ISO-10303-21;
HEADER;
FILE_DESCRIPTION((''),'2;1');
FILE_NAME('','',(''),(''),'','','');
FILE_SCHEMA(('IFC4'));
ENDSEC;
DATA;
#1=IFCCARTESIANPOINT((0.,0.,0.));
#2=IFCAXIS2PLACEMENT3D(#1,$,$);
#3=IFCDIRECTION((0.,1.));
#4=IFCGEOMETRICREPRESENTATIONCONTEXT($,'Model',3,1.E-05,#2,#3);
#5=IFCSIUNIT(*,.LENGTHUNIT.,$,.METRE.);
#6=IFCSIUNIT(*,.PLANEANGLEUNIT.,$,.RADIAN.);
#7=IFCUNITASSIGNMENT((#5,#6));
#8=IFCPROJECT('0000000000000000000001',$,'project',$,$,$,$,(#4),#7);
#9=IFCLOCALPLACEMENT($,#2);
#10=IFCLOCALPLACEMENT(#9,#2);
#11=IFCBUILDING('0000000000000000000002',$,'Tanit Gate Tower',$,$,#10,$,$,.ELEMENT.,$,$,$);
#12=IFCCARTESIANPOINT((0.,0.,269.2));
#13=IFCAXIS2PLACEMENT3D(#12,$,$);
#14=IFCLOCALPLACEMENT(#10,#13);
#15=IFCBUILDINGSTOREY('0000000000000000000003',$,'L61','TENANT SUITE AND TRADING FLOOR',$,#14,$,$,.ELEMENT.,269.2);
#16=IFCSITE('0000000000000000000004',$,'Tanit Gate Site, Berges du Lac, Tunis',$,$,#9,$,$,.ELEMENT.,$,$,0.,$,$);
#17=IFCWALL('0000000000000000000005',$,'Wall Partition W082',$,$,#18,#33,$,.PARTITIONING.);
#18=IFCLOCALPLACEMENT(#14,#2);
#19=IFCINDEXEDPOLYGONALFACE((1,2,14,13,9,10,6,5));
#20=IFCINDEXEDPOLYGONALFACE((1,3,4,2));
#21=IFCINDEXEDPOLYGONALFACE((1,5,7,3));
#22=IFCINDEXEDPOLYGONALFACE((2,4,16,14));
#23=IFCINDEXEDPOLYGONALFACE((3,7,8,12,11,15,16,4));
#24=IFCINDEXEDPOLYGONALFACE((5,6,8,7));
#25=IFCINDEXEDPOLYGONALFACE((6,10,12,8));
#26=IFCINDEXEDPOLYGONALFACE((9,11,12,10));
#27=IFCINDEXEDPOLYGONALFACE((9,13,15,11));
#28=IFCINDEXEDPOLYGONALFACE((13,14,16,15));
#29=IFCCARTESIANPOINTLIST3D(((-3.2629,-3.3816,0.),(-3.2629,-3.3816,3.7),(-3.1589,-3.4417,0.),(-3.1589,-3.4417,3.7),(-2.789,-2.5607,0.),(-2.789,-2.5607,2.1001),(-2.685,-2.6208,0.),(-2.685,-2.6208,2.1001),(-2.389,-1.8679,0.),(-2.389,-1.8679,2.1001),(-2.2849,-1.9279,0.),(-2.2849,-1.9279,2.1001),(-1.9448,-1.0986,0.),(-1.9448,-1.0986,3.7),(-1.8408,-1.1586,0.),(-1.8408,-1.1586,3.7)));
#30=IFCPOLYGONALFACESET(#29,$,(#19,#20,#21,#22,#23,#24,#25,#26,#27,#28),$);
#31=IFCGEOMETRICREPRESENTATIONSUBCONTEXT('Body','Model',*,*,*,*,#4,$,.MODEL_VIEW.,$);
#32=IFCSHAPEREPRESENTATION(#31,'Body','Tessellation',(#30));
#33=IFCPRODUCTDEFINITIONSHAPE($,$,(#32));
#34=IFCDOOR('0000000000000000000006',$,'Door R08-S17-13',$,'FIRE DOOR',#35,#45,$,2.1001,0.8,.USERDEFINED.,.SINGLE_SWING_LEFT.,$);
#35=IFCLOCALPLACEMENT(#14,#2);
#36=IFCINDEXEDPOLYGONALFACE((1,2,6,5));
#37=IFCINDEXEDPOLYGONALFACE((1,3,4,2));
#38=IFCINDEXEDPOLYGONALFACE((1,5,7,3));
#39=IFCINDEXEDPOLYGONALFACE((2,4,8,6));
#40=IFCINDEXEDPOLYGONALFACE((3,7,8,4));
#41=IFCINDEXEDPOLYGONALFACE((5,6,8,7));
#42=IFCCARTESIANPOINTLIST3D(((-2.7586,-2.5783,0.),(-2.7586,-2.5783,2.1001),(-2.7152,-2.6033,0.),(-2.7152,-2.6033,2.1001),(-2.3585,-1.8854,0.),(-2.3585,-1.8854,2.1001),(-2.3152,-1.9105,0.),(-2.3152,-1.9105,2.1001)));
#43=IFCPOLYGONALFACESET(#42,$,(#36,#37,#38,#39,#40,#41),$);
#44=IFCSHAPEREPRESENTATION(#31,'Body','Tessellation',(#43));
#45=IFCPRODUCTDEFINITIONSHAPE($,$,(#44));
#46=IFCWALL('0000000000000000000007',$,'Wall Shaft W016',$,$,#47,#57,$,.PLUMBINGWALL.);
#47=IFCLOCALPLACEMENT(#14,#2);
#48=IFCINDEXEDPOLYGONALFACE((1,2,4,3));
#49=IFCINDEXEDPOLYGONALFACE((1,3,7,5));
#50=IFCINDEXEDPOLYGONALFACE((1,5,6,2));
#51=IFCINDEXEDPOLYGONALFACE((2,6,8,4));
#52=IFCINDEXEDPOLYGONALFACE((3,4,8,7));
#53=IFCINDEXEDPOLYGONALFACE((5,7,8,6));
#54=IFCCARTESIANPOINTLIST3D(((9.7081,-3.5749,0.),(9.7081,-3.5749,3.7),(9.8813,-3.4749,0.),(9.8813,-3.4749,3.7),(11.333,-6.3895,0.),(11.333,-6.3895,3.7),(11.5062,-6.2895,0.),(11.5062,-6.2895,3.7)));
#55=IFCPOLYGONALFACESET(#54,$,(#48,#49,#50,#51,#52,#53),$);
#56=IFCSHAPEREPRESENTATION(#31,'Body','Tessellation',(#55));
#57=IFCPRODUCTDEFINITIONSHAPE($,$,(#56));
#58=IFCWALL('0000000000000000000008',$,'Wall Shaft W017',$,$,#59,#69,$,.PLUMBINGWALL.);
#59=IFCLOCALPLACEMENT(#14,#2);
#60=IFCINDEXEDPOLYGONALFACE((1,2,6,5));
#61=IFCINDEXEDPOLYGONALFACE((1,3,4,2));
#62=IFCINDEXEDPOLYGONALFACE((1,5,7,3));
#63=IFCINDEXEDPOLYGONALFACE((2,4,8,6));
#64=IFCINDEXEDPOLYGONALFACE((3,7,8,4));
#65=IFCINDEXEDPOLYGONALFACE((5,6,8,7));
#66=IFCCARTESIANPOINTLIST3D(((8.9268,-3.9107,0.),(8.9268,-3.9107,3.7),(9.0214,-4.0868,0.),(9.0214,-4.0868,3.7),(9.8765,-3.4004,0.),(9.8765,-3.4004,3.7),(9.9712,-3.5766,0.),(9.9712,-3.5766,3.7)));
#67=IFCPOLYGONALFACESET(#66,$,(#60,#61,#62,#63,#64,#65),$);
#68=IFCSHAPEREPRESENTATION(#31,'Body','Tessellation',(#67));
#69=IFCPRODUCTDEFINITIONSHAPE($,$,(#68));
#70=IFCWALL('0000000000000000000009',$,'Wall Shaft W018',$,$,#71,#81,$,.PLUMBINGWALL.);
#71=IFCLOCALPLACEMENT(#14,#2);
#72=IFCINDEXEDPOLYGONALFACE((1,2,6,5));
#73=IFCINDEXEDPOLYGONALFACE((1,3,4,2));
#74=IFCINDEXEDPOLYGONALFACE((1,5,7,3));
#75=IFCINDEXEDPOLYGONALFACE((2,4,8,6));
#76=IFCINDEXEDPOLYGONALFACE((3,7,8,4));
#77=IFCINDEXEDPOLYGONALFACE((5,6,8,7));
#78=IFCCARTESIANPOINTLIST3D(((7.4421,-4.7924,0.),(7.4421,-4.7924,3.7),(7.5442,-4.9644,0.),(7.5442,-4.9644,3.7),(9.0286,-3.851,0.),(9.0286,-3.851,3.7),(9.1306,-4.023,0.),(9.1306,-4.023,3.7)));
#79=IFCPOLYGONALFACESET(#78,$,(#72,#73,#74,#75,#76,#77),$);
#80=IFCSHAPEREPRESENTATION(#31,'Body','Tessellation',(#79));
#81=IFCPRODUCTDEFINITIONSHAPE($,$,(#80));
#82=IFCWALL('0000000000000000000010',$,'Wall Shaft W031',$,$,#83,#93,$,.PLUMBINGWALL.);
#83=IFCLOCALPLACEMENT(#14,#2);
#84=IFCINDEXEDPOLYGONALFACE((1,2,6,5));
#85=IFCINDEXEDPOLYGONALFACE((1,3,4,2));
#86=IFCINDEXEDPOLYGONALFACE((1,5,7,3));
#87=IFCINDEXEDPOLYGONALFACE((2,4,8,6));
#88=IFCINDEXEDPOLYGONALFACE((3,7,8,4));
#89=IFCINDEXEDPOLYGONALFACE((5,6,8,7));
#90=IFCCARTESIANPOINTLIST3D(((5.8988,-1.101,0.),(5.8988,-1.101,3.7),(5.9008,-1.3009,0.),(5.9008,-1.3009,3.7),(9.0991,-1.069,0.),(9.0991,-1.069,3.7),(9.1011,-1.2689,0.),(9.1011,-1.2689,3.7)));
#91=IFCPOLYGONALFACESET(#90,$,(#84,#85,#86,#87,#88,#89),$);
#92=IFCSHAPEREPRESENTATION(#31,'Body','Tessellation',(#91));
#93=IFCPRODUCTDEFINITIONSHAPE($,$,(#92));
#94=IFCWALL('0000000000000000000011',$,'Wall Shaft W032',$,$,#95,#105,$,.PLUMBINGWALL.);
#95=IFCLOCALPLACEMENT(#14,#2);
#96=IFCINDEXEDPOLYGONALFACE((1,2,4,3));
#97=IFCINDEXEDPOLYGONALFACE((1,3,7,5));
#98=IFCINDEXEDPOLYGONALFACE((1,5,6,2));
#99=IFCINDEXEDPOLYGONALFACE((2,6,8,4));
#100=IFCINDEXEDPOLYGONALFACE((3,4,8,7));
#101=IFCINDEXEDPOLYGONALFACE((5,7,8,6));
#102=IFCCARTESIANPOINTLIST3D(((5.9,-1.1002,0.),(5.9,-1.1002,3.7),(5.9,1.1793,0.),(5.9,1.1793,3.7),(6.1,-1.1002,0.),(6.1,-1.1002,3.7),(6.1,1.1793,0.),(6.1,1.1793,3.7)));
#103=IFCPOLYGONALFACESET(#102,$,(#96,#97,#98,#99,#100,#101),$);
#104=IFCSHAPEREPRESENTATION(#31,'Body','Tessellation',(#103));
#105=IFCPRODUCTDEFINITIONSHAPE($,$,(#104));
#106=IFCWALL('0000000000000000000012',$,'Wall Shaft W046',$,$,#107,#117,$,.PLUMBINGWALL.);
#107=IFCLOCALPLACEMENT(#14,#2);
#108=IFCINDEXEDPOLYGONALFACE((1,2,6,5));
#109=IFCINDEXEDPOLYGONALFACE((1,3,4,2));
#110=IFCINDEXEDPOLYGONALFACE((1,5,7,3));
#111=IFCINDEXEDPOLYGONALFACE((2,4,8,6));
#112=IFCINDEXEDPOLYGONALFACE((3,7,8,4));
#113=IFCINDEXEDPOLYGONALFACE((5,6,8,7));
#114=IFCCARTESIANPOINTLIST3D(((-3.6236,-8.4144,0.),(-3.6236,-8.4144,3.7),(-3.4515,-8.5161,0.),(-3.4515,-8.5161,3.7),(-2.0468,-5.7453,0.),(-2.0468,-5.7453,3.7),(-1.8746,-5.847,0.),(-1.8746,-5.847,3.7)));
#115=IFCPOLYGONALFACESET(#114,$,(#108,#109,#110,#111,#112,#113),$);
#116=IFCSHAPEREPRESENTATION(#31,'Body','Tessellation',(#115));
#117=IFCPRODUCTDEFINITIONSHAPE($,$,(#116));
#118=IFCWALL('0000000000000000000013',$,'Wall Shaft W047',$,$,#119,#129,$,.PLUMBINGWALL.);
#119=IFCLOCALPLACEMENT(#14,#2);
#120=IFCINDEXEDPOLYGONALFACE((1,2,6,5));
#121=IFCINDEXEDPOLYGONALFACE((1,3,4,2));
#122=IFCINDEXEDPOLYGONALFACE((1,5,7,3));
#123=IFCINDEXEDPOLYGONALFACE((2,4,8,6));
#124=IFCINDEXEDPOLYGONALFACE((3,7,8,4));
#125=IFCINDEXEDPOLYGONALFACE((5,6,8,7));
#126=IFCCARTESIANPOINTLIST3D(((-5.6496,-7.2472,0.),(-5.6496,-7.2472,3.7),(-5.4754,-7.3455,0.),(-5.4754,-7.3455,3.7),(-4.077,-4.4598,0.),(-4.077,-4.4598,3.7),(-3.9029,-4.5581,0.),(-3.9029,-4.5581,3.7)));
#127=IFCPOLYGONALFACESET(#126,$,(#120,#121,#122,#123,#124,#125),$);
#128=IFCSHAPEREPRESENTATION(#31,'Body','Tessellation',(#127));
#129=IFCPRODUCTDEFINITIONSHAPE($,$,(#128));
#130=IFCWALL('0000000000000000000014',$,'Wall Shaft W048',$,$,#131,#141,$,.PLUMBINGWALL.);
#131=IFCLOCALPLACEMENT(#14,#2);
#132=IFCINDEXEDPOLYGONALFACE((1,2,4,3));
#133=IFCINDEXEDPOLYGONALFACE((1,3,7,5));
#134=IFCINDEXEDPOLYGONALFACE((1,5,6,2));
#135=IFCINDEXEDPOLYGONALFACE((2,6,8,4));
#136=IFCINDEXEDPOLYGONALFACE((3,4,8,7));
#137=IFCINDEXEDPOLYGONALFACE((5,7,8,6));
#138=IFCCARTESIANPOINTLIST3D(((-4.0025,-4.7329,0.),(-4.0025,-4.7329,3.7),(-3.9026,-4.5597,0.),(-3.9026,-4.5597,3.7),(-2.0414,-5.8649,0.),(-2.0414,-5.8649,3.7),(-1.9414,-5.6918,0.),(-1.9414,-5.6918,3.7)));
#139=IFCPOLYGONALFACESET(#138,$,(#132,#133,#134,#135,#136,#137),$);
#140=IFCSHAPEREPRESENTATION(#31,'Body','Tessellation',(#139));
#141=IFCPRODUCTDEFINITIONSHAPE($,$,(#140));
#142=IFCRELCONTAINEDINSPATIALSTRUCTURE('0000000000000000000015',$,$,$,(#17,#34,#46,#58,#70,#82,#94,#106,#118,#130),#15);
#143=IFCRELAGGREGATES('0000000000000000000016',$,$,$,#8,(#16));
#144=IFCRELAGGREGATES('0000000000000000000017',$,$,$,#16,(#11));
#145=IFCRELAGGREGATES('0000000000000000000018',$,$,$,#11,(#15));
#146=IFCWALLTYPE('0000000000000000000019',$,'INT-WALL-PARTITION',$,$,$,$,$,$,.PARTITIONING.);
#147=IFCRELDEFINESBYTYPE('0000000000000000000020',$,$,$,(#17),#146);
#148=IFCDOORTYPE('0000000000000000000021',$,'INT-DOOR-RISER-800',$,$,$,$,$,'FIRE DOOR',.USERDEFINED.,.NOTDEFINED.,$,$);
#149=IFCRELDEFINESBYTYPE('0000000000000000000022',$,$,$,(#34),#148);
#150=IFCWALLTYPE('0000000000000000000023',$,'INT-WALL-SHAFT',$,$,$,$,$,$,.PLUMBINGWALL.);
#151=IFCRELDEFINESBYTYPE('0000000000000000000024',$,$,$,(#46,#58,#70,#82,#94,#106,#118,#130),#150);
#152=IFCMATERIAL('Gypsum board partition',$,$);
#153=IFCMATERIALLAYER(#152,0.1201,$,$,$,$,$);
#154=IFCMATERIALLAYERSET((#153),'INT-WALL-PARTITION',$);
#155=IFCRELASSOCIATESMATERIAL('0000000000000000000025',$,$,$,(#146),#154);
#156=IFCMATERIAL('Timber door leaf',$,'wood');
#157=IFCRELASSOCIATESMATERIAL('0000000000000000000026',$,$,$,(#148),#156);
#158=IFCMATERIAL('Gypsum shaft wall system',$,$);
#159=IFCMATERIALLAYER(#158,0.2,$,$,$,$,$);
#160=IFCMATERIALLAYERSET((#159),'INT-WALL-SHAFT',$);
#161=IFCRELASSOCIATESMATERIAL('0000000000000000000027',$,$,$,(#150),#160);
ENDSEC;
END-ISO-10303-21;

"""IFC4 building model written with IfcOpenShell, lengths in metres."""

from ifc_helpers import new_model, si_unit, direction, frame, frame_2d, origin, place, context, subcontext, project, spatial, rectangle, extrude, material, layer, layer_set, type_object, element, fill, save


model = new_model("IFC4")

# Units and contexts
model_context = context("Model", 3, precision=1e-05, world=origin(), true_north=direction((0.0, 1.0)))
body_context = subcontext(model_context, "Body", "Model", "MODEL_VIEW")
ifc_project = project(units=[si_unit("LENGTHUNIT", "METRE"), si_unit("PLANEANGLEUNIT", "RADIAN")], contexts=[model_context])

# Site, building, storey
site_placement = place(None, origin())
site = spatial("IfcSite", under=ifc_project, at=site_placement, Name="Tanit Gate Site, Berges du Lac, Tunis", CompositionType="ELEMENT", RefElevation=0.0)
building_placement = place(site_placement, origin())
building = spatial("IfcBuilding", under=site, at=building_placement, Name="Tanit Gate Tower", CompositionType="ELEMENT")
storey_placement = place(building_placement, frame((0.0, 0.0, 269.2)))
storey = spatial("IfcBuildingStorey", under=building, at=storey_placement, Name="L61", Description="TENANT SUITE AND TRADING FLOOR", CompositionType="ELEMENT", Elevation=269.2)

# Shared definitions
ifc_material_1 = material(Name="Gypsum board partition")
ifc_layer_1 = layer(ifc_material_1, 0.1201)
ifc_layer_set_1 = layer_set([ifc_layer_1], Name="INT-WALL-PARTITION")
wall_type_1 = type_object("IfcWallType", Name="INT-WALL-PARTITION", PredefinedType="PARTITIONING", material=ifc_layer_set_1)
ifc_material_2 = material(Name="Timber door leaf", Category="wood")
door_type_1 = type_object("IfcDoorType", Name="INT-DOOR-RISER-800", ElementType="FIRE DOOR", OperationType="NOTDEFINED", PredefinedType="USERDEFINED", material=ifc_material_2)

# Wall, opening, door
wall_1_placement = place(storey_placement, frame((-3.2109, -3.4116, 0.0), z_axis=(0.0, 0.0, 1.0), x_axis=(0.500014, 0.866017, 0.0)))
wall_1 = element("IfcWall", 1, at=wall_1_placement, inside=storey, type_object=wall_type_1, Name="Wall Partition W082", PredefinedType="PARTITIONING", context=body_context, shape_type="SweptSolid", body=[
    extrude(rectangle(XDim=2.6362, YDim=0.1201, at=frame_2d((1.3181, 0.0))), origin(), (0.0, 0.0, 1.0), 3.7),
])
opening_1_placement = place(wall_1_placement, frame((0.948, 0.0, 0.0)))
opening_1 = element("IfcOpeningElement", 2, at=opening_1_placement, cuts=wall_1, PredefinedType="OPENING", context=body_context, shape_type="SweptSolid", body=[
    extrude(rectangle(XDim=0.8, YDim=2.1001, at=frame_2d((0.3999, 1.05))), frame((0.0, 0.0701, 0.0), z_axis=(0.0, -1.0, 0.0), x_axis=(1.0, 0.0, 0.0)), (0.0, 0.0, 1.0), 0.1401),
])
door_1_placement = place(opening_1_placement, origin())
door_1 = element("IfcDoor", 3, at=door_1_placement, inside=storey, type_object=door_type_1, Name="Door R08-S17-13", ObjectType="FIRE DOOR", OperationType="SINGLE_SWING_LEFT", OverallHeight=2.1001, OverallWidth=0.8, PredefinedType="USERDEFINED", context=body_context, shape_type="SweptSolid", body=[
    extrude(rectangle(XDim=0.8, YDim=2.1001, at=frame_2d((0.3999, 1.05))), frame((0.0, 0.0249, 0.0), z_axis=(0.0, -1.0, 0.0), x_axis=(1.0, 0.0, 0.0)), (0.0, 0.0, 1.0), 0.05),
])
fill(opening_1, door_1)

# Walls
ifc_material_3 = material(Name="Gypsum shaft wall system")
ifc_layer_2 = layer(ifc_material_3, 0.2)
ifc_layer_set_2 = layer_set([ifc_layer_2], Name="INT-WALL-SHAFT")
wall_type_2 = type_object("IfcWallType", Name="INT-WALL-SHAFT", PredefinedType="PLUMBINGWALL", material=ifc_layer_set_2)
wall_2_placement = place(storey_placement, frame((9.7947, -3.5249, 0.0), z_axis=(0.0, 0.0, 1.0), x_axis=(0.499985, -0.866034, 0.0)))
element("IfcWall", 4, at=wall_2_placement, inside=storey, type_object=wall_type_2, Name="Wall Shaft W016", PredefinedType="PLUMBINGWALL", context=body_context, shape_type="SweptSolid", body=[
    extrude(rectangle(XDim=3.25, YDim=0.2, at=frame_2d((1.625, 0.0))), origin(), (0.0, 0.0, 1.0), 3.7),
])
wall_3_placement = place(storey_placement, frame((8.9741, -3.9988, 0.0), z_axis=(0.0, 0.0, 1.0), x_axis=(0.880907, 0.473289, 0.0)))
element("IfcWall", 5, at=wall_3_placement, inside=storey, type_object=wall_type_2, Name="Wall Shaft W017", PredefinedType="PLUMBINGWALL", context=body_context, shape_type="SweptSolid", body=[
    extrude(rectangle(XDim=1.0781, YDim=0.2, at=frame_2d((0.5391, 0.0))), origin(), (0.0, 0.0, 1.0), 3.7),
])
wall_4_placement = place(storey_placement, frame((7.4932, -4.8784, 0.0), z_axis=(0.0, 0.0, 1.0), x_axis=(0.859982, 0.510325, 0.0)))
element("IfcWall", 6, at=wall_4_placement, inside=storey, type_object=wall_type_2, Name="Wall Shaft W018", PredefinedType="PLUMBINGWALL", context=body_context, shape_type="SweptSolid", body=[
    extrude(rectangle(XDim=1.8447, YDim=0.2, at=frame_2d((0.9224, 0.0))), origin(), (0.0, 0.0, 1.0), 3.7),
])
wall_5_placement = place(storey_placement, frame((5.8999, -1.2009, 0.0), z_axis=(0.0, 0.0, 1.0), x_axis=(0.99995, 0.009993, 0.0)))
element("IfcWall", 7, at=wall_5_placement, inside=storey, type_object=wall_type_2, Name="Wall Shaft W031", PredefinedType="PLUMBINGWALL", context=body_context, shape_type="SweptSolid", body=[
    extrude(rectangle(XDim=3.2004, YDim=0.2, at=frame_2d((1.6001, 0.0))), origin(), (0.0, 0.0, 1.0), 3.7),
])
wall_6_placement = place(storey_placement, frame((6.0, -1.1001, 0.0), z_axis=(0.0, 0.0, 1.0), x_axis=(0.0, 1.0, 0.0)))
element("IfcWall", 8, at=wall_6_placement, inside=storey, type_object=wall_type_2, Name="Wall Shaft W032", PredefinedType="PLUMBINGWALL", context=body_context, shape_type="SweptSolid", body=[
    extrude(rectangle(XDim=2.2795, YDim=0.2, at=frame_2d((1.1396, 0.0))), origin(), (0.0, 0.0, 1.0), 3.7),
])

# Walls
wall_7_placement = place(storey_placement, frame((-1.9607, -5.7961, 0.0), z_axis=(0.0, 0.0, 1.0), x_axis=(-0.508647, -0.860975, 0.0)))
element("IfcWall", 9, at=wall_7_placement, inside=storey, type_object=wall_type_2, Name="Wall Shaft W046", PredefinedType="PLUMBINGWALL", context=body_context, shape_type="SweptSolid", body=[
    extrude(rectangle(XDim=3.1001, YDim=0.2, at=frame_2d((1.55, 0.0))), origin(), (0.0, 0.0, 1.0), 3.7),
])
wall_8_placement = place(storey_placement, frame((-3.99, -4.509, 0.0), z_axis=(0.0, 0.0, 1.0), x_axis=(-0.491358, -0.870958, 0.0)))
element("IfcWall", 10, at=wall_8_placement, inside=storey, type_object=wall_type_2, Name="Wall Shaft W047", PredefinedType="PLUMBINGWALL", context=body_context, shape_type="SweptSolid", body=[
    extrude(rectangle(XDim=3.2004, YDim=0.2, at=frame_2d((1.6001, 0.0))), origin(), (0.0, 0.0, 1.0), 3.7),
])
wall_9_placement = place(storey_placement, frame((-3.9526, -4.6462, 0.0), z_axis=(0.0, 0.0, 1.0), x_axis=(0.866065, -0.499931, 0.0)))
element("IfcWall", 11, at=wall_9_placement, inside=storey, type_object=wall_type_2, Name="Wall Shaft W048", PredefinedType="PLUMBINGWALL", context=body_context, shape_type="SweptSolid", body=[
    extrude(rectangle(XDim=2.2644, YDim=0.2, at=frame_2d((1.1323, 0.0))), origin(), (0.0, 0.0, 1.0), 3.7),
])

save(model, "model.ifc")
